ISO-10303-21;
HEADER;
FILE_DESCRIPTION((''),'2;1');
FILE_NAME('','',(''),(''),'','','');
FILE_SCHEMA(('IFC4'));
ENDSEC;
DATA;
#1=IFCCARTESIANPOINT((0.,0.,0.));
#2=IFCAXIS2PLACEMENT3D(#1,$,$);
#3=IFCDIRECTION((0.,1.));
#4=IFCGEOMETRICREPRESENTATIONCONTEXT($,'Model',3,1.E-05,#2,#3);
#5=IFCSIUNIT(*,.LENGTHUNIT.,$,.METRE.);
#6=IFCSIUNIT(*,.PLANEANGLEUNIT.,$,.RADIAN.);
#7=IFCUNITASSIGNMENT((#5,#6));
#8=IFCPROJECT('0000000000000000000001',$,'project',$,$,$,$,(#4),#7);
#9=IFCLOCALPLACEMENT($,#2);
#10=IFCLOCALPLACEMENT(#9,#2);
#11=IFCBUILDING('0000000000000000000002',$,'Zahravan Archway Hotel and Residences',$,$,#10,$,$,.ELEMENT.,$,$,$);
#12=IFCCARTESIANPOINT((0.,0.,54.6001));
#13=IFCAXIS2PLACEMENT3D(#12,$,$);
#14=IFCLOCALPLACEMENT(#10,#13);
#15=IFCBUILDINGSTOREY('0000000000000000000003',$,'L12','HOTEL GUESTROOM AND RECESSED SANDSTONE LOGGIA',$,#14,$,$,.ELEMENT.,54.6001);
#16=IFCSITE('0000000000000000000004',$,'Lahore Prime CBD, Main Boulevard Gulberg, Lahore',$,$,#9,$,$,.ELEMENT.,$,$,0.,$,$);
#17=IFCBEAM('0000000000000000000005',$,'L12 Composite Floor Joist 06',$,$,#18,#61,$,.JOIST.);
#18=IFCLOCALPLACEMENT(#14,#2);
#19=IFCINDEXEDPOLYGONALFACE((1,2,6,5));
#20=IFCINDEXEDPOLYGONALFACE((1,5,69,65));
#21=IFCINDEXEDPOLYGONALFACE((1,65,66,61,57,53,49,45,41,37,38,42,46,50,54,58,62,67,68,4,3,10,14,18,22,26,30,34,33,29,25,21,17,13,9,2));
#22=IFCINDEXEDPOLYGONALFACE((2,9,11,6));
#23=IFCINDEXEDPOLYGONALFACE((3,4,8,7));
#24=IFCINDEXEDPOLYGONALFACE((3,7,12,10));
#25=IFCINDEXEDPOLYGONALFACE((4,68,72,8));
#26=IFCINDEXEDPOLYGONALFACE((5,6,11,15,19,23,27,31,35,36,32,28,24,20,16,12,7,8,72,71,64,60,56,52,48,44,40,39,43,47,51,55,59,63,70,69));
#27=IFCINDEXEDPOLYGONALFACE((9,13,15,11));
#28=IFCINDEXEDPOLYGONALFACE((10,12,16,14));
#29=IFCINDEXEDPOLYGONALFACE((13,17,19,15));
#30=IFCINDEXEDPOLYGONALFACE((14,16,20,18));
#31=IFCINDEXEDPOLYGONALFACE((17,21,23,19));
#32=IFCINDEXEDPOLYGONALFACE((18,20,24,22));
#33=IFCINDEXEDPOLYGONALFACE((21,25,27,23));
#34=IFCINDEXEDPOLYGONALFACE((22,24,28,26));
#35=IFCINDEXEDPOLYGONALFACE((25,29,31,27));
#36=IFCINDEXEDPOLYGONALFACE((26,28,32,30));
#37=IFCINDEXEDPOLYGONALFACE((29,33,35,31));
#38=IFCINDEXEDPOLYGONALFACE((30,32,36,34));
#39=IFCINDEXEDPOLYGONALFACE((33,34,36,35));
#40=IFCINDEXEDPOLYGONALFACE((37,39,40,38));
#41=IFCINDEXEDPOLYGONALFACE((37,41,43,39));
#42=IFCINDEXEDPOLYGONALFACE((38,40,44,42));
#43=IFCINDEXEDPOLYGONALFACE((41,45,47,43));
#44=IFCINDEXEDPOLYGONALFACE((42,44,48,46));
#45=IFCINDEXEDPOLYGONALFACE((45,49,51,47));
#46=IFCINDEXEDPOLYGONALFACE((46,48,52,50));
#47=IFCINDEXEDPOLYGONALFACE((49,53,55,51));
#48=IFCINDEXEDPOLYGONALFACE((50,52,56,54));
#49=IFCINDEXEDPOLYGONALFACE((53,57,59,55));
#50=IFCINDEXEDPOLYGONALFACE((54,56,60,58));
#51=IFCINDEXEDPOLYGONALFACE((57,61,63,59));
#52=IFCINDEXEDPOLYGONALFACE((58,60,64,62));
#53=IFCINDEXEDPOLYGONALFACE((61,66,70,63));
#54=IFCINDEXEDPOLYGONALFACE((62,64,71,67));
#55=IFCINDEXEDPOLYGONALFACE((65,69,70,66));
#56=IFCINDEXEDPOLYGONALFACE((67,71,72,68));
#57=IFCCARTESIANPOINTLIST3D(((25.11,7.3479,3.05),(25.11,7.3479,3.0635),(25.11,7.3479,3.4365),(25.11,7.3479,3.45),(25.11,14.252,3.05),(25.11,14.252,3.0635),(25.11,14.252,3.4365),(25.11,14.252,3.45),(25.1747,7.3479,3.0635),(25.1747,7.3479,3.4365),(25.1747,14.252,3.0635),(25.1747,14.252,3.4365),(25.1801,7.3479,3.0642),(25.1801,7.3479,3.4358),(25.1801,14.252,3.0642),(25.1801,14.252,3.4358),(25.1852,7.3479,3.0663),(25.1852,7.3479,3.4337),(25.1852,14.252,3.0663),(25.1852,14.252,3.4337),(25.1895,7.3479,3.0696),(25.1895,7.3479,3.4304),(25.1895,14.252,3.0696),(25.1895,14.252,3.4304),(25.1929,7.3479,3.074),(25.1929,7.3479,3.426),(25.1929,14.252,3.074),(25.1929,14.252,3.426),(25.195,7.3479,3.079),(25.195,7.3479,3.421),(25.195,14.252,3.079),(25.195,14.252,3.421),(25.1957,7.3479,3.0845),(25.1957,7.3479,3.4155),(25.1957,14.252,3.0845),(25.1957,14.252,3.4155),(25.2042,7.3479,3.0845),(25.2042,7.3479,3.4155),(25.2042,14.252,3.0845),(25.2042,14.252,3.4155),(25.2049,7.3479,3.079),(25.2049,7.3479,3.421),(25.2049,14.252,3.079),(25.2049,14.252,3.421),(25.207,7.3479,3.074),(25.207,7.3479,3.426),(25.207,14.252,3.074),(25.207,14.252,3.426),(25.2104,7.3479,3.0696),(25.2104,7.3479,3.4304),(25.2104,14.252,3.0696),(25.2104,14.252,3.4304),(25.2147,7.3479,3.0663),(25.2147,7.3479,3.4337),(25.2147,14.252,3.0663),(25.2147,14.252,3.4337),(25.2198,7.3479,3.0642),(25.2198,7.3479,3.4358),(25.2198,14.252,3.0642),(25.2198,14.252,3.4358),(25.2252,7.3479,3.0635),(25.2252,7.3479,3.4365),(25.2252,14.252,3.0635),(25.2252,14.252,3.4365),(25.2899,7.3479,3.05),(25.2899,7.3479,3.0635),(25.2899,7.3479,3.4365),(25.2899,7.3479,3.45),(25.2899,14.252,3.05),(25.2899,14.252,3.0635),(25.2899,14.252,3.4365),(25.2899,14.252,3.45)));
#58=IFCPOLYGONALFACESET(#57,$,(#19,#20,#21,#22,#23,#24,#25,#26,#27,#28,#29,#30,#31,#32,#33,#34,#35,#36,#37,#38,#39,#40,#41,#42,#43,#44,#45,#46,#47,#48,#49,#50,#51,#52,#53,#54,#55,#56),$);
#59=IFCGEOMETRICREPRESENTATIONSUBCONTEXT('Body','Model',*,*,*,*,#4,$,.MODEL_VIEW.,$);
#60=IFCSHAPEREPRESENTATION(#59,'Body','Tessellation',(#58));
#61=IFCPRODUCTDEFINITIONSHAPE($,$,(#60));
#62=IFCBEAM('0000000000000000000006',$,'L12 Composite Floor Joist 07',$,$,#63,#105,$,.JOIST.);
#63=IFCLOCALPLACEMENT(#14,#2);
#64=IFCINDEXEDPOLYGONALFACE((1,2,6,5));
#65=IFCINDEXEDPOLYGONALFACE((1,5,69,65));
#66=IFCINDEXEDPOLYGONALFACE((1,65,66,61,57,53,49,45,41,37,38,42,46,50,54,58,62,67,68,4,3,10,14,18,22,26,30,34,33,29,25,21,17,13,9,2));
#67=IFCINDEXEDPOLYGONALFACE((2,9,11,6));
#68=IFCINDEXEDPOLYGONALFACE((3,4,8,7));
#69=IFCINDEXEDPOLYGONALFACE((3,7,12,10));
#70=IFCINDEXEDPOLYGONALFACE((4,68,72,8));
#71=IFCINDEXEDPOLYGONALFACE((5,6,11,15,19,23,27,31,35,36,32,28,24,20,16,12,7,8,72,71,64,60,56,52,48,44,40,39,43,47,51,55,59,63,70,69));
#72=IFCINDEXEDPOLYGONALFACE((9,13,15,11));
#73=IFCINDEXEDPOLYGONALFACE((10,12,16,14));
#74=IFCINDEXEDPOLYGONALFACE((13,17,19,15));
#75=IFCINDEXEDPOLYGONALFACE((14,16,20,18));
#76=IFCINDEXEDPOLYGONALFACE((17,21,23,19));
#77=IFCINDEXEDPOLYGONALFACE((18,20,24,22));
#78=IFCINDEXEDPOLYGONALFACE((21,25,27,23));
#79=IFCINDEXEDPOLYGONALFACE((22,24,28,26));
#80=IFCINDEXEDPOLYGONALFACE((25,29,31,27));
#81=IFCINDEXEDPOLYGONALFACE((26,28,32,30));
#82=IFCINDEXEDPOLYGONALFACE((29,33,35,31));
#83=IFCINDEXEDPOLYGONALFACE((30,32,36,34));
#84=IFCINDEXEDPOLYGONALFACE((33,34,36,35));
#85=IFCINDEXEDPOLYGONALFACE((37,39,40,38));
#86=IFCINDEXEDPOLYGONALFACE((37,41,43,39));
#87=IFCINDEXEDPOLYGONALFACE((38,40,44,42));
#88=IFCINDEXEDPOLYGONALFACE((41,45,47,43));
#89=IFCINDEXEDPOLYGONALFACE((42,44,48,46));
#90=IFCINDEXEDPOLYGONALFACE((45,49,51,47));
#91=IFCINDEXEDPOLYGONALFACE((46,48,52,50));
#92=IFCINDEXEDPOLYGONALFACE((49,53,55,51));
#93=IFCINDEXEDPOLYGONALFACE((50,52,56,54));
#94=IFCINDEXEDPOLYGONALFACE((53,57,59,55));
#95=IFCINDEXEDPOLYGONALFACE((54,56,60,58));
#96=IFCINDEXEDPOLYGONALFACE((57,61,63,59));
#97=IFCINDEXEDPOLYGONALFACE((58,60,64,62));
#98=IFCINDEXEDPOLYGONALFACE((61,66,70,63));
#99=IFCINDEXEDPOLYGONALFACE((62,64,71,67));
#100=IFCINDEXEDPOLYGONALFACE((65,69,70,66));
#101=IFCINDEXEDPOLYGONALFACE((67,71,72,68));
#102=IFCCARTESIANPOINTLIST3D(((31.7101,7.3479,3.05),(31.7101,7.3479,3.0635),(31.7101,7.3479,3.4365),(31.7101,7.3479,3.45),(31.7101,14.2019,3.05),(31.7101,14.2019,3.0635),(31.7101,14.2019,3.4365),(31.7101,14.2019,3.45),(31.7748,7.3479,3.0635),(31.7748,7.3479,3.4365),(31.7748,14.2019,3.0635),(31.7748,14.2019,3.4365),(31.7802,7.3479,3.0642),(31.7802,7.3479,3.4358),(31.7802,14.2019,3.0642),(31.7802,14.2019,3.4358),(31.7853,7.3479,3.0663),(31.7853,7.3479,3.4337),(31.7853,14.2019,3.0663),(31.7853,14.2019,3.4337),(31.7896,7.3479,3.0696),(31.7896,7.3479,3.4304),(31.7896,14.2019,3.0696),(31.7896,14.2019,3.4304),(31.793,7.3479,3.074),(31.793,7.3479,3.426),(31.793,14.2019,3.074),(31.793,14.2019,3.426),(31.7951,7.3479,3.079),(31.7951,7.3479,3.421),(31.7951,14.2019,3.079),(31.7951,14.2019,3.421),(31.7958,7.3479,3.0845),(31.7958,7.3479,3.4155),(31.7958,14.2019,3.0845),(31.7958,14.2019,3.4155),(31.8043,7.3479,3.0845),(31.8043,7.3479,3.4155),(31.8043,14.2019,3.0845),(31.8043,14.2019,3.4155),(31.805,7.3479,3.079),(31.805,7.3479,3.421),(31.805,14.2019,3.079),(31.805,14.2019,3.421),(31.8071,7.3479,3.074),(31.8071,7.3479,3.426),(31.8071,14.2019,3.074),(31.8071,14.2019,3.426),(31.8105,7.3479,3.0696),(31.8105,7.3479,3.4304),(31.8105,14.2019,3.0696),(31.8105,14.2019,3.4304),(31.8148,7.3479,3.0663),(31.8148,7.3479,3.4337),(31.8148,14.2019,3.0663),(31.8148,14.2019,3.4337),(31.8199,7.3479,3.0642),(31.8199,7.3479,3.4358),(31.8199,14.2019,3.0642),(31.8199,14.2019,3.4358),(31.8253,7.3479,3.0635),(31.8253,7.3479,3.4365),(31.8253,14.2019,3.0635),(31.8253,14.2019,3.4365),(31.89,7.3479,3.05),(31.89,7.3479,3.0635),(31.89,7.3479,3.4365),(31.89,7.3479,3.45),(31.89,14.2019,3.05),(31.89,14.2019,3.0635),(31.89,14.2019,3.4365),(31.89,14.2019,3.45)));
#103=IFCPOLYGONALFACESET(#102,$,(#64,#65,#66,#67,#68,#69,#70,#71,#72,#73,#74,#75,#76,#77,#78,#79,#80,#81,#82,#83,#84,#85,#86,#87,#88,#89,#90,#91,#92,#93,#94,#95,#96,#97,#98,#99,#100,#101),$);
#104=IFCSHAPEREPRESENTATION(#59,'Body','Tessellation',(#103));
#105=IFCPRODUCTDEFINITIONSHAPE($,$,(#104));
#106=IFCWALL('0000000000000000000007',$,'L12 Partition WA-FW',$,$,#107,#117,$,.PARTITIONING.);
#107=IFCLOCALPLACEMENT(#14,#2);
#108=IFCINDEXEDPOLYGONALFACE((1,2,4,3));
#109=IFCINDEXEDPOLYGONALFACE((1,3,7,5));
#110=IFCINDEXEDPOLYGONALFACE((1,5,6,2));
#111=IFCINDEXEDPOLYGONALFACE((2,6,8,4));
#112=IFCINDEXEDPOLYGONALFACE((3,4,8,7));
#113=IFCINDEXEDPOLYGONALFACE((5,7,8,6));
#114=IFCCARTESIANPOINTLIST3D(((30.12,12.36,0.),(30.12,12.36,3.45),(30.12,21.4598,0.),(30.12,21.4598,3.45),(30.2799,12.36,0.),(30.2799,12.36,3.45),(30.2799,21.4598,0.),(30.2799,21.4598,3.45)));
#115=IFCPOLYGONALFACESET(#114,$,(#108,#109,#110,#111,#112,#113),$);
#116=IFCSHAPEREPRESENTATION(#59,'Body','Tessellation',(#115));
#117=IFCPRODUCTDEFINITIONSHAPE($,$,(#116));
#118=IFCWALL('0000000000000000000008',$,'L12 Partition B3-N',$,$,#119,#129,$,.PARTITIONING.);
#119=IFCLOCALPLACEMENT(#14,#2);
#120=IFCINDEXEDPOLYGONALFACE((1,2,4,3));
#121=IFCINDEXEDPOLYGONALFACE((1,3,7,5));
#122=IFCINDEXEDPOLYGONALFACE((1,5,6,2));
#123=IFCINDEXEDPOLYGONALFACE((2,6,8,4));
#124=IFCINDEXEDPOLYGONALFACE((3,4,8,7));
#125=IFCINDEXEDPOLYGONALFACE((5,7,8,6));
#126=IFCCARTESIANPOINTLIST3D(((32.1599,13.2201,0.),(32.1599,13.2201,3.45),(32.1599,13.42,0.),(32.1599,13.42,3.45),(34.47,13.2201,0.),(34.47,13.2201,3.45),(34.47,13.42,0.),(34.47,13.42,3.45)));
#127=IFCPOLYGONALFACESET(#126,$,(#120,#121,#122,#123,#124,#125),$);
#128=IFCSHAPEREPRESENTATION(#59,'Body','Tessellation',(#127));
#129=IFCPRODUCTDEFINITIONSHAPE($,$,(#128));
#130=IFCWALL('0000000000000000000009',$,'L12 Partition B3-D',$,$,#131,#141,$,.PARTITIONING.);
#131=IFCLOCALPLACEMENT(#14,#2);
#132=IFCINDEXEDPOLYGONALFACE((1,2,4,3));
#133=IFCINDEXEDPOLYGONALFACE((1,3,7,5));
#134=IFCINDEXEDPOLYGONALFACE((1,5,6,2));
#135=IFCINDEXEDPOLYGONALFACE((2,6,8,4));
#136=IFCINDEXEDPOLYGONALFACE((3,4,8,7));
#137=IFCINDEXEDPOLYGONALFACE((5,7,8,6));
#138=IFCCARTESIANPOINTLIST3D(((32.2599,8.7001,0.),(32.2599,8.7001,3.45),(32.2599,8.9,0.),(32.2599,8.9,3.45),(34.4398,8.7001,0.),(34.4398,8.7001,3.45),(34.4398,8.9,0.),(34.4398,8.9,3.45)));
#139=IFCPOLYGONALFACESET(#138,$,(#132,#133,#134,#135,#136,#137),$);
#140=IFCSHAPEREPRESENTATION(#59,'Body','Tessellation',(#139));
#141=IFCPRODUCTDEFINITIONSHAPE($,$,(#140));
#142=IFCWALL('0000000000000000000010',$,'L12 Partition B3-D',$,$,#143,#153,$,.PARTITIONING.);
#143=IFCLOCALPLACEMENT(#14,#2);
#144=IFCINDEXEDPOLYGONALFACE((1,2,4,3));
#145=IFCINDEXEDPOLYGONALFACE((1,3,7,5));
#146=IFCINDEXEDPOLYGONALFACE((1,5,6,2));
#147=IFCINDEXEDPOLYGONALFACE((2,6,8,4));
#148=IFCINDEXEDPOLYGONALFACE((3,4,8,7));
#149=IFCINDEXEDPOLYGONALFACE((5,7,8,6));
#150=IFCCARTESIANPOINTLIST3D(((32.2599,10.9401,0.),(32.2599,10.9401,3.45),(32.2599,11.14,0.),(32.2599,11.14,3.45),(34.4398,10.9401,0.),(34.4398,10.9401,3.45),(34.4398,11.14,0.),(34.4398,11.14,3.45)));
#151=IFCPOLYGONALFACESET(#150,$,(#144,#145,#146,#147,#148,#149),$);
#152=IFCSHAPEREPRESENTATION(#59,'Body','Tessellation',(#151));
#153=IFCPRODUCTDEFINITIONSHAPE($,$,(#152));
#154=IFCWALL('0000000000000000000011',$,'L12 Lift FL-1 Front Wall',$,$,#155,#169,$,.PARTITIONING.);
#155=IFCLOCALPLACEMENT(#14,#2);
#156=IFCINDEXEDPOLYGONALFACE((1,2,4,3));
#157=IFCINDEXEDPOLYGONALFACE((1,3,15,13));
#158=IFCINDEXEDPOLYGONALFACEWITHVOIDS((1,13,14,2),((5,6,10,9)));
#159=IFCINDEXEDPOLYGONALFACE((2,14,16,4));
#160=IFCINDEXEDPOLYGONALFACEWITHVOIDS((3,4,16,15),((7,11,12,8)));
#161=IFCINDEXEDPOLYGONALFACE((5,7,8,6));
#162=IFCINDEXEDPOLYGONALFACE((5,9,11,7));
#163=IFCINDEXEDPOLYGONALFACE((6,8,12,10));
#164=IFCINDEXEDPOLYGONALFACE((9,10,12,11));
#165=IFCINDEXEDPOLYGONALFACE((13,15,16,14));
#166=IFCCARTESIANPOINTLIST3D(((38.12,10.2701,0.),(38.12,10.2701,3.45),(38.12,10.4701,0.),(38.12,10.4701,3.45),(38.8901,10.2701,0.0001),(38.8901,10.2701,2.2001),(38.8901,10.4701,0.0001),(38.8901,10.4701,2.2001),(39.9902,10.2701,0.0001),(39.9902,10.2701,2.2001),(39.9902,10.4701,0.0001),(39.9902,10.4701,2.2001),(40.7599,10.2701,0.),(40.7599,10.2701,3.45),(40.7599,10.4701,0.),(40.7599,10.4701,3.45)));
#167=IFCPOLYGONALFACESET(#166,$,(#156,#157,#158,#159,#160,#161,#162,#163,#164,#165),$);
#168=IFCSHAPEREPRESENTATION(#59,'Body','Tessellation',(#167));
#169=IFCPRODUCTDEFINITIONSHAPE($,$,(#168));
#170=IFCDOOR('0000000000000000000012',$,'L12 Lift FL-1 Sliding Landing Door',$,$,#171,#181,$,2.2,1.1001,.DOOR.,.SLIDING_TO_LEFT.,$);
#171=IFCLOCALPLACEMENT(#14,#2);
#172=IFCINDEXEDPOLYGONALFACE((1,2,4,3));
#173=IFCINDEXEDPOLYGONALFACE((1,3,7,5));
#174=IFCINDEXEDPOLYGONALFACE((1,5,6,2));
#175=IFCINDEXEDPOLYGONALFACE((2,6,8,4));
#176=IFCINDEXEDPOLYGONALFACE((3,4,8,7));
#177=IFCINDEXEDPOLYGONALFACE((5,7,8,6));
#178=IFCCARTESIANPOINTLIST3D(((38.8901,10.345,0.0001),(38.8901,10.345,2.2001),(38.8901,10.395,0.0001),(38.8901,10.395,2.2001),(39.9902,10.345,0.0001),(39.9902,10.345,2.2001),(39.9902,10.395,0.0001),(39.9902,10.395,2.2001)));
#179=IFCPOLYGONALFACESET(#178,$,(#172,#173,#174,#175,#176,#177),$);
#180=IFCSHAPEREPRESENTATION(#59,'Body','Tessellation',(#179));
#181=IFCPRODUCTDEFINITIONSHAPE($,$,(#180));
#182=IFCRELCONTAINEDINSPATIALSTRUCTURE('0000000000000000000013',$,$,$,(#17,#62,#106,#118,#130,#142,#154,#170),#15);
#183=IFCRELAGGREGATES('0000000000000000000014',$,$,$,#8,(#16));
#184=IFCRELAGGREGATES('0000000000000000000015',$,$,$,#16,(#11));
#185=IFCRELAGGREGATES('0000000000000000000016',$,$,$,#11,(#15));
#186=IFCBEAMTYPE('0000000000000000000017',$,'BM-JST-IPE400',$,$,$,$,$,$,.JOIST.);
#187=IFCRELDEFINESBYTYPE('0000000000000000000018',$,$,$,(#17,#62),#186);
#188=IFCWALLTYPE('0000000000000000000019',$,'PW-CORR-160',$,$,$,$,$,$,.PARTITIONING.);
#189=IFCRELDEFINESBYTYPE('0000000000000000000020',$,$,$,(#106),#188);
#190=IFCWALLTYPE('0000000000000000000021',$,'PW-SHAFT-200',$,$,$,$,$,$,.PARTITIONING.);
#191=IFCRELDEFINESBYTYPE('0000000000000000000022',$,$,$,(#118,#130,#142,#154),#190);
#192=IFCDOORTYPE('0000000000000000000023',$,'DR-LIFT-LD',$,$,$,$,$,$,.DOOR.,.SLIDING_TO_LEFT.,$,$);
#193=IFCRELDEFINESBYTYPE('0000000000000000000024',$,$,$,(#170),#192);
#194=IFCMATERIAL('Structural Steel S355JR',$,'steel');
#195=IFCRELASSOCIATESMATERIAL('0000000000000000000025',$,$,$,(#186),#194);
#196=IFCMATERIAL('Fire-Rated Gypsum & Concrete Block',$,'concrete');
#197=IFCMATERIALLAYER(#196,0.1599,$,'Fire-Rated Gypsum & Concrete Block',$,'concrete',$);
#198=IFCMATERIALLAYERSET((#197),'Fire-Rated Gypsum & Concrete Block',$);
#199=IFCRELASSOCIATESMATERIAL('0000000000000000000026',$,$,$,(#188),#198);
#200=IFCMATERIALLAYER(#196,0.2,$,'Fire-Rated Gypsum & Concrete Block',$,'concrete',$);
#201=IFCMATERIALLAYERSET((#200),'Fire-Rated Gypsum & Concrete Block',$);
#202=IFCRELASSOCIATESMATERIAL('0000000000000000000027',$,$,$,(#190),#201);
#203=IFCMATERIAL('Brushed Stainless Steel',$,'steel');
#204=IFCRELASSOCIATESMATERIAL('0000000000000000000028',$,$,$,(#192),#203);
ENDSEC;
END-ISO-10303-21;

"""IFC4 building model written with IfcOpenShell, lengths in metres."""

from ifc_helpers import new_model, si_unit, direction, frame, frame_2d, origin, origin_2d, place, context, subcontext, project, spatial, rectangle, i_section, extrude, source, transform, mapped, material, layer, layer_set, material_profile, profile_set, type_object, type_shapes, element, fill, save


model = new_model("IFC4")

# Units and contexts
model_context = context("Model", 3, precision=1e-05, world=origin(), true_north=direction((0.0, 1.0)))
body_context = subcontext(model_context, "Body", "Model", "MODEL_VIEW")
ifc_project = project(units=[si_unit("LENGTHUNIT", "METRE"), si_unit("PLANEANGLEUNIT", "RADIAN")], contexts=[model_context])

# Site, building, storey
site_placement = place(None, origin())
site = spatial("IfcSite", under=ifc_project, at=site_placement, Name="Lahore Prime CBD, Main Boulevard Gulberg, Lahore", CompositionType="ELEMENT", RefElevation=0.0)
building_placement = place(site_placement, origin())
building = spatial("IfcBuilding", under=site, at=building_placement, Name="Zahravan Archway Hotel and Residences", CompositionType="ELEMENT")
storey_placement = place(building_placement, frame((0.0, 0.0, 54.6001)))
storey = spatial("IfcBuildingStorey", under=building, at=storey_placement, Name="L12", Description="HOTEL GUESTROOM AND RECESSED SANDSTONE LOGGIA", CompositionType="ELEMENT", Elevation=54.6001)

# Beams
ifc_material_1 = material(Name="Structural Steel S355JR", Category="steel")
ifc_material_profile = material_profile(ifc_material_1, i_section(OverallWidth=0.1799, OverallDepth=0.3999, WebThickness=0.0085, FlangeThickness=0.0134, FilletRadius=0.021, at=origin_2d()), Name="IPE 400", Category="steel")
ifc_profile_set = profile_set([ifc_material_profile], Name="Structural Steel S355JR")
beam_type = type_object("IfcBeamType", Name="BM-JST-IPE400", PredefinedType="JOIST", material=ifc_profile_set)
shared_shape_1 = source(origin(), body_context, "Body", "SweptSolid", [
    extrude(i_section(OverallWidth=0.1799, OverallDepth=0.3999, WebThickness=0.0085, FlangeThickness=0.0134, FilletRadius=0.021, at=origin_2d()), origin(), (0.0, 0.0, 1.0), 6.9041),
])
type_shapes(beam_type, [shared_shape_1])
beam_1_placement = place(storey_placement, frame((25.2, 7.3479, 3.25), z_axis=(0.0, 1.0, 0.0), x_axis=(-1.0, 0.0, 0.0)))
element("IfcBeam", 1, at=beam_1_placement, inside=storey, type_object=beam_type, Name="L12 Composite Floor Joist 06", PredefinedType="JOIST", context=body_context, shape_type="MappedRepresentation", body=[
    mapped(shared_shape_1, transform((0.0, 0.0, 0.0), scale=1.0)),
])
shared_shape_2 = source(origin(), body_context, "Body", "SweptSolid", [
    extrude(i_section(OverallWidth=0.1799, OverallDepth=0.3999, WebThickness=0.0085, FlangeThickness=0.0134, FilletRadius=0.021, at=origin_2d()), origin(), (0.0, 0.0, 1.0), 6.854),
])
beam_2_placement = place(storey_placement, frame((31.8, 7.3479, 3.25), z_axis=(0.0, 1.0, 0.0), x_axis=(-1.0, 0.0, 0.0)))
element("IfcBeam", 2, at=beam_2_placement, inside=storey, type_object=beam_type, Name="L12 Composite Floor Joist 07", PredefinedType="JOIST", context=body_context, shape_type="MappedRepresentation", body=[
    mapped(shared_shape_2, transform((0.0, 0.0, 0.0), scale=1.0)),
])

# Walls
ifc_material_2 = material(Name="Fire-Rated Gypsum & Concrete Block", Category="concrete")
ifc_layer_1 = layer(ifc_material_2, 0.1599, Name="Fire-Rated Gypsum & Concrete Block", Category="concrete")
ifc_layer_set_1 = layer_set([ifc_layer_1], Name="Fire-Rated Gypsum & Concrete Block")
wall_type_1 = type_object("IfcWallType", Name="PW-CORR-160", PredefinedType="PARTITIONING", material=ifc_layer_set_1)
wall_1_placement = place(storey_placement, frame((30.2, 12.3601, 0.0), z_axis=(0.0, 0.0, 1.0), x_axis=(0.0, 1.0, 0.0)))
element("IfcWall", 3, at=wall_1_placement, inside=storey, type_object=wall_type_1, Name="L12 Partition WA-FW", PredefinedType="PARTITIONING", context=body_context, shape_type="SweptSolid", body=[
    extrude(rectangle(XDim=9.0999, YDim=0.1599, at=frame_2d((4.5498, 0.0))), origin(), (0.0, 0.0, 1.0), 3.45),
])
ifc_layer_2 = layer(ifc_material_2, 0.2, Name="Fire-Rated Gypsum & Concrete Block", Category="concrete")
ifc_layer_set_2 = layer_set([ifc_layer_2], Name="Fire-Rated Gypsum & Concrete Block")
wall_type_2 = type_object("IfcWallType", Name="PW-SHAFT-200", PredefinedType="PARTITIONING", material=ifc_layer_set_2)
wall_2_placement = place(storey_placement, frame((32.1599, 13.3201, 0.0), z_axis=(0.0, 0.0, 1.0), x_axis=(1.0, 0.0, 0.0)))
element("IfcWall", 4, at=wall_2_placement, inside=storey, type_object=wall_type_2, Name="L12 Partition B3-N", PredefinedType="PARTITIONING", context=body_context, shape_type="SweptSolid", body=[
    extrude(rectangle(XDim=2.3101, YDim=0.2, at=frame_2d((1.155, 0.0))), origin(), (0.0, 0.0, 1.0), 3.45),
])
for number, where, z_axis, x_axis, name in (
    (5, (32.26, 8.8, 0.0), (0.0, 0.0, 1.0), (1.0, 0.0, 0.0), "L12 Partition B3-D"),
    (6, (32.26, 11.04, 0.0), (0.0, 0.0, 1.0), (1.0, 0.0, 0.0), "L12 Partition B3-D"),
):
    element("IfcWall", number, at=place(storey_placement, frame(where, z_axis=z_axis, x_axis=x_axis)), inside=storey, type_object=wall_type_2, Name=name, PredefinedType="PARTITIONING", context=body_context, shape_type="SweptSolid", body=[
        extrude(rectangle(XDim=2.1799, YDim=0.2, at=frame_2d((1.0898, 0.0))), origin(), (0.0, 0.0, 1.0), 3.45),
    ])

# Wall, opening, door
wall_3_placement = place(storey_placement, frame((38.1201, 10.3701, 0.0), z_axis=(0.0, 0.0, 1.0), x_axis=(1.0, 0.0, 0.0)))
wall_3 = element("IfcWall", 7, at=wall_3_placement, inside=storey, type_object=wall_type_2, Name="L12 Lift FL-1 Front Wall", PredefinedType="PARTITIONING", context=body_context, shape_type="SweptSolid", body=[
    extrude(rectangle(XDim=2.6399, YDim=0.2, at=frame_2d((1.3198, 0.0))), origin(), (0.0, 0.0, 1.0), 3.45),
])
opening_1_placement = place(wall_3_placement, frame((0.77, 0.0, 0.0)))
opening_1 = element("IfcOpeningElement", 8, at=opening_1_placement, cuts=wall_3, PredefinedType="OPENING", context=body_context, shape_type="SweptSolid", body=[
    extrude(rectangle(XDim=1.1001, YDim=2.2, at=frame_2d((0.55, 1.1001))), frame((0.0, 0.1099, 0.0), z_axis=(0.0, -1.0, 0.0), x_axis=(1.0, 0.0, 0.0)), (0.0, 0.0, 1.0), 0.22),
])
ifc_material_3 = material(Name="Brushed Stainless Steel", Category="steel")
door_type_1 = type_object("IfcDoorType", Name="DR-LIFT-LD", OperationType="SLIDING_TO_LEFT", PredefinedType="DOOR", material=ifc_material_3)
shared_shape_3 = source(origin(), body_context, "Body", "SweptSolid", [
    extrude(rectangle(XDim=1.1001, YDim=2.2, at=frame_2d((0.55, 1.1001))), frame((0.0, 0.0249, 0.0), z_axis=(0.0, -1.0, 0.0), x_axis=(1.0, 0.0, 0.0)), (0.0, 0.0, 1.0), 0.05),
])
type_shapes(door_type_1, [shared_shape_3])
door_1_placement = place(opening_1_placement, origin())
door_1 = element("IfcDoor", 9, at=door_1_placement, inside=storey, type_object=door_type_1, Name="L12 Lift FL-1 Sliding Landing Door", OperationType="SLIDING_TO_LEFT", OverallHeight=2.2, OverallWidth=1.1001, PredefinedType="DOOR", context=body_context, shape_type="MappedRepresentation", body=[
    mapped(shared_shape_3, transform((0.0, 0.0, 0.0), scale=1.0)),
])
fill(opening_1, door_1)

save(model, "model.ifc")
